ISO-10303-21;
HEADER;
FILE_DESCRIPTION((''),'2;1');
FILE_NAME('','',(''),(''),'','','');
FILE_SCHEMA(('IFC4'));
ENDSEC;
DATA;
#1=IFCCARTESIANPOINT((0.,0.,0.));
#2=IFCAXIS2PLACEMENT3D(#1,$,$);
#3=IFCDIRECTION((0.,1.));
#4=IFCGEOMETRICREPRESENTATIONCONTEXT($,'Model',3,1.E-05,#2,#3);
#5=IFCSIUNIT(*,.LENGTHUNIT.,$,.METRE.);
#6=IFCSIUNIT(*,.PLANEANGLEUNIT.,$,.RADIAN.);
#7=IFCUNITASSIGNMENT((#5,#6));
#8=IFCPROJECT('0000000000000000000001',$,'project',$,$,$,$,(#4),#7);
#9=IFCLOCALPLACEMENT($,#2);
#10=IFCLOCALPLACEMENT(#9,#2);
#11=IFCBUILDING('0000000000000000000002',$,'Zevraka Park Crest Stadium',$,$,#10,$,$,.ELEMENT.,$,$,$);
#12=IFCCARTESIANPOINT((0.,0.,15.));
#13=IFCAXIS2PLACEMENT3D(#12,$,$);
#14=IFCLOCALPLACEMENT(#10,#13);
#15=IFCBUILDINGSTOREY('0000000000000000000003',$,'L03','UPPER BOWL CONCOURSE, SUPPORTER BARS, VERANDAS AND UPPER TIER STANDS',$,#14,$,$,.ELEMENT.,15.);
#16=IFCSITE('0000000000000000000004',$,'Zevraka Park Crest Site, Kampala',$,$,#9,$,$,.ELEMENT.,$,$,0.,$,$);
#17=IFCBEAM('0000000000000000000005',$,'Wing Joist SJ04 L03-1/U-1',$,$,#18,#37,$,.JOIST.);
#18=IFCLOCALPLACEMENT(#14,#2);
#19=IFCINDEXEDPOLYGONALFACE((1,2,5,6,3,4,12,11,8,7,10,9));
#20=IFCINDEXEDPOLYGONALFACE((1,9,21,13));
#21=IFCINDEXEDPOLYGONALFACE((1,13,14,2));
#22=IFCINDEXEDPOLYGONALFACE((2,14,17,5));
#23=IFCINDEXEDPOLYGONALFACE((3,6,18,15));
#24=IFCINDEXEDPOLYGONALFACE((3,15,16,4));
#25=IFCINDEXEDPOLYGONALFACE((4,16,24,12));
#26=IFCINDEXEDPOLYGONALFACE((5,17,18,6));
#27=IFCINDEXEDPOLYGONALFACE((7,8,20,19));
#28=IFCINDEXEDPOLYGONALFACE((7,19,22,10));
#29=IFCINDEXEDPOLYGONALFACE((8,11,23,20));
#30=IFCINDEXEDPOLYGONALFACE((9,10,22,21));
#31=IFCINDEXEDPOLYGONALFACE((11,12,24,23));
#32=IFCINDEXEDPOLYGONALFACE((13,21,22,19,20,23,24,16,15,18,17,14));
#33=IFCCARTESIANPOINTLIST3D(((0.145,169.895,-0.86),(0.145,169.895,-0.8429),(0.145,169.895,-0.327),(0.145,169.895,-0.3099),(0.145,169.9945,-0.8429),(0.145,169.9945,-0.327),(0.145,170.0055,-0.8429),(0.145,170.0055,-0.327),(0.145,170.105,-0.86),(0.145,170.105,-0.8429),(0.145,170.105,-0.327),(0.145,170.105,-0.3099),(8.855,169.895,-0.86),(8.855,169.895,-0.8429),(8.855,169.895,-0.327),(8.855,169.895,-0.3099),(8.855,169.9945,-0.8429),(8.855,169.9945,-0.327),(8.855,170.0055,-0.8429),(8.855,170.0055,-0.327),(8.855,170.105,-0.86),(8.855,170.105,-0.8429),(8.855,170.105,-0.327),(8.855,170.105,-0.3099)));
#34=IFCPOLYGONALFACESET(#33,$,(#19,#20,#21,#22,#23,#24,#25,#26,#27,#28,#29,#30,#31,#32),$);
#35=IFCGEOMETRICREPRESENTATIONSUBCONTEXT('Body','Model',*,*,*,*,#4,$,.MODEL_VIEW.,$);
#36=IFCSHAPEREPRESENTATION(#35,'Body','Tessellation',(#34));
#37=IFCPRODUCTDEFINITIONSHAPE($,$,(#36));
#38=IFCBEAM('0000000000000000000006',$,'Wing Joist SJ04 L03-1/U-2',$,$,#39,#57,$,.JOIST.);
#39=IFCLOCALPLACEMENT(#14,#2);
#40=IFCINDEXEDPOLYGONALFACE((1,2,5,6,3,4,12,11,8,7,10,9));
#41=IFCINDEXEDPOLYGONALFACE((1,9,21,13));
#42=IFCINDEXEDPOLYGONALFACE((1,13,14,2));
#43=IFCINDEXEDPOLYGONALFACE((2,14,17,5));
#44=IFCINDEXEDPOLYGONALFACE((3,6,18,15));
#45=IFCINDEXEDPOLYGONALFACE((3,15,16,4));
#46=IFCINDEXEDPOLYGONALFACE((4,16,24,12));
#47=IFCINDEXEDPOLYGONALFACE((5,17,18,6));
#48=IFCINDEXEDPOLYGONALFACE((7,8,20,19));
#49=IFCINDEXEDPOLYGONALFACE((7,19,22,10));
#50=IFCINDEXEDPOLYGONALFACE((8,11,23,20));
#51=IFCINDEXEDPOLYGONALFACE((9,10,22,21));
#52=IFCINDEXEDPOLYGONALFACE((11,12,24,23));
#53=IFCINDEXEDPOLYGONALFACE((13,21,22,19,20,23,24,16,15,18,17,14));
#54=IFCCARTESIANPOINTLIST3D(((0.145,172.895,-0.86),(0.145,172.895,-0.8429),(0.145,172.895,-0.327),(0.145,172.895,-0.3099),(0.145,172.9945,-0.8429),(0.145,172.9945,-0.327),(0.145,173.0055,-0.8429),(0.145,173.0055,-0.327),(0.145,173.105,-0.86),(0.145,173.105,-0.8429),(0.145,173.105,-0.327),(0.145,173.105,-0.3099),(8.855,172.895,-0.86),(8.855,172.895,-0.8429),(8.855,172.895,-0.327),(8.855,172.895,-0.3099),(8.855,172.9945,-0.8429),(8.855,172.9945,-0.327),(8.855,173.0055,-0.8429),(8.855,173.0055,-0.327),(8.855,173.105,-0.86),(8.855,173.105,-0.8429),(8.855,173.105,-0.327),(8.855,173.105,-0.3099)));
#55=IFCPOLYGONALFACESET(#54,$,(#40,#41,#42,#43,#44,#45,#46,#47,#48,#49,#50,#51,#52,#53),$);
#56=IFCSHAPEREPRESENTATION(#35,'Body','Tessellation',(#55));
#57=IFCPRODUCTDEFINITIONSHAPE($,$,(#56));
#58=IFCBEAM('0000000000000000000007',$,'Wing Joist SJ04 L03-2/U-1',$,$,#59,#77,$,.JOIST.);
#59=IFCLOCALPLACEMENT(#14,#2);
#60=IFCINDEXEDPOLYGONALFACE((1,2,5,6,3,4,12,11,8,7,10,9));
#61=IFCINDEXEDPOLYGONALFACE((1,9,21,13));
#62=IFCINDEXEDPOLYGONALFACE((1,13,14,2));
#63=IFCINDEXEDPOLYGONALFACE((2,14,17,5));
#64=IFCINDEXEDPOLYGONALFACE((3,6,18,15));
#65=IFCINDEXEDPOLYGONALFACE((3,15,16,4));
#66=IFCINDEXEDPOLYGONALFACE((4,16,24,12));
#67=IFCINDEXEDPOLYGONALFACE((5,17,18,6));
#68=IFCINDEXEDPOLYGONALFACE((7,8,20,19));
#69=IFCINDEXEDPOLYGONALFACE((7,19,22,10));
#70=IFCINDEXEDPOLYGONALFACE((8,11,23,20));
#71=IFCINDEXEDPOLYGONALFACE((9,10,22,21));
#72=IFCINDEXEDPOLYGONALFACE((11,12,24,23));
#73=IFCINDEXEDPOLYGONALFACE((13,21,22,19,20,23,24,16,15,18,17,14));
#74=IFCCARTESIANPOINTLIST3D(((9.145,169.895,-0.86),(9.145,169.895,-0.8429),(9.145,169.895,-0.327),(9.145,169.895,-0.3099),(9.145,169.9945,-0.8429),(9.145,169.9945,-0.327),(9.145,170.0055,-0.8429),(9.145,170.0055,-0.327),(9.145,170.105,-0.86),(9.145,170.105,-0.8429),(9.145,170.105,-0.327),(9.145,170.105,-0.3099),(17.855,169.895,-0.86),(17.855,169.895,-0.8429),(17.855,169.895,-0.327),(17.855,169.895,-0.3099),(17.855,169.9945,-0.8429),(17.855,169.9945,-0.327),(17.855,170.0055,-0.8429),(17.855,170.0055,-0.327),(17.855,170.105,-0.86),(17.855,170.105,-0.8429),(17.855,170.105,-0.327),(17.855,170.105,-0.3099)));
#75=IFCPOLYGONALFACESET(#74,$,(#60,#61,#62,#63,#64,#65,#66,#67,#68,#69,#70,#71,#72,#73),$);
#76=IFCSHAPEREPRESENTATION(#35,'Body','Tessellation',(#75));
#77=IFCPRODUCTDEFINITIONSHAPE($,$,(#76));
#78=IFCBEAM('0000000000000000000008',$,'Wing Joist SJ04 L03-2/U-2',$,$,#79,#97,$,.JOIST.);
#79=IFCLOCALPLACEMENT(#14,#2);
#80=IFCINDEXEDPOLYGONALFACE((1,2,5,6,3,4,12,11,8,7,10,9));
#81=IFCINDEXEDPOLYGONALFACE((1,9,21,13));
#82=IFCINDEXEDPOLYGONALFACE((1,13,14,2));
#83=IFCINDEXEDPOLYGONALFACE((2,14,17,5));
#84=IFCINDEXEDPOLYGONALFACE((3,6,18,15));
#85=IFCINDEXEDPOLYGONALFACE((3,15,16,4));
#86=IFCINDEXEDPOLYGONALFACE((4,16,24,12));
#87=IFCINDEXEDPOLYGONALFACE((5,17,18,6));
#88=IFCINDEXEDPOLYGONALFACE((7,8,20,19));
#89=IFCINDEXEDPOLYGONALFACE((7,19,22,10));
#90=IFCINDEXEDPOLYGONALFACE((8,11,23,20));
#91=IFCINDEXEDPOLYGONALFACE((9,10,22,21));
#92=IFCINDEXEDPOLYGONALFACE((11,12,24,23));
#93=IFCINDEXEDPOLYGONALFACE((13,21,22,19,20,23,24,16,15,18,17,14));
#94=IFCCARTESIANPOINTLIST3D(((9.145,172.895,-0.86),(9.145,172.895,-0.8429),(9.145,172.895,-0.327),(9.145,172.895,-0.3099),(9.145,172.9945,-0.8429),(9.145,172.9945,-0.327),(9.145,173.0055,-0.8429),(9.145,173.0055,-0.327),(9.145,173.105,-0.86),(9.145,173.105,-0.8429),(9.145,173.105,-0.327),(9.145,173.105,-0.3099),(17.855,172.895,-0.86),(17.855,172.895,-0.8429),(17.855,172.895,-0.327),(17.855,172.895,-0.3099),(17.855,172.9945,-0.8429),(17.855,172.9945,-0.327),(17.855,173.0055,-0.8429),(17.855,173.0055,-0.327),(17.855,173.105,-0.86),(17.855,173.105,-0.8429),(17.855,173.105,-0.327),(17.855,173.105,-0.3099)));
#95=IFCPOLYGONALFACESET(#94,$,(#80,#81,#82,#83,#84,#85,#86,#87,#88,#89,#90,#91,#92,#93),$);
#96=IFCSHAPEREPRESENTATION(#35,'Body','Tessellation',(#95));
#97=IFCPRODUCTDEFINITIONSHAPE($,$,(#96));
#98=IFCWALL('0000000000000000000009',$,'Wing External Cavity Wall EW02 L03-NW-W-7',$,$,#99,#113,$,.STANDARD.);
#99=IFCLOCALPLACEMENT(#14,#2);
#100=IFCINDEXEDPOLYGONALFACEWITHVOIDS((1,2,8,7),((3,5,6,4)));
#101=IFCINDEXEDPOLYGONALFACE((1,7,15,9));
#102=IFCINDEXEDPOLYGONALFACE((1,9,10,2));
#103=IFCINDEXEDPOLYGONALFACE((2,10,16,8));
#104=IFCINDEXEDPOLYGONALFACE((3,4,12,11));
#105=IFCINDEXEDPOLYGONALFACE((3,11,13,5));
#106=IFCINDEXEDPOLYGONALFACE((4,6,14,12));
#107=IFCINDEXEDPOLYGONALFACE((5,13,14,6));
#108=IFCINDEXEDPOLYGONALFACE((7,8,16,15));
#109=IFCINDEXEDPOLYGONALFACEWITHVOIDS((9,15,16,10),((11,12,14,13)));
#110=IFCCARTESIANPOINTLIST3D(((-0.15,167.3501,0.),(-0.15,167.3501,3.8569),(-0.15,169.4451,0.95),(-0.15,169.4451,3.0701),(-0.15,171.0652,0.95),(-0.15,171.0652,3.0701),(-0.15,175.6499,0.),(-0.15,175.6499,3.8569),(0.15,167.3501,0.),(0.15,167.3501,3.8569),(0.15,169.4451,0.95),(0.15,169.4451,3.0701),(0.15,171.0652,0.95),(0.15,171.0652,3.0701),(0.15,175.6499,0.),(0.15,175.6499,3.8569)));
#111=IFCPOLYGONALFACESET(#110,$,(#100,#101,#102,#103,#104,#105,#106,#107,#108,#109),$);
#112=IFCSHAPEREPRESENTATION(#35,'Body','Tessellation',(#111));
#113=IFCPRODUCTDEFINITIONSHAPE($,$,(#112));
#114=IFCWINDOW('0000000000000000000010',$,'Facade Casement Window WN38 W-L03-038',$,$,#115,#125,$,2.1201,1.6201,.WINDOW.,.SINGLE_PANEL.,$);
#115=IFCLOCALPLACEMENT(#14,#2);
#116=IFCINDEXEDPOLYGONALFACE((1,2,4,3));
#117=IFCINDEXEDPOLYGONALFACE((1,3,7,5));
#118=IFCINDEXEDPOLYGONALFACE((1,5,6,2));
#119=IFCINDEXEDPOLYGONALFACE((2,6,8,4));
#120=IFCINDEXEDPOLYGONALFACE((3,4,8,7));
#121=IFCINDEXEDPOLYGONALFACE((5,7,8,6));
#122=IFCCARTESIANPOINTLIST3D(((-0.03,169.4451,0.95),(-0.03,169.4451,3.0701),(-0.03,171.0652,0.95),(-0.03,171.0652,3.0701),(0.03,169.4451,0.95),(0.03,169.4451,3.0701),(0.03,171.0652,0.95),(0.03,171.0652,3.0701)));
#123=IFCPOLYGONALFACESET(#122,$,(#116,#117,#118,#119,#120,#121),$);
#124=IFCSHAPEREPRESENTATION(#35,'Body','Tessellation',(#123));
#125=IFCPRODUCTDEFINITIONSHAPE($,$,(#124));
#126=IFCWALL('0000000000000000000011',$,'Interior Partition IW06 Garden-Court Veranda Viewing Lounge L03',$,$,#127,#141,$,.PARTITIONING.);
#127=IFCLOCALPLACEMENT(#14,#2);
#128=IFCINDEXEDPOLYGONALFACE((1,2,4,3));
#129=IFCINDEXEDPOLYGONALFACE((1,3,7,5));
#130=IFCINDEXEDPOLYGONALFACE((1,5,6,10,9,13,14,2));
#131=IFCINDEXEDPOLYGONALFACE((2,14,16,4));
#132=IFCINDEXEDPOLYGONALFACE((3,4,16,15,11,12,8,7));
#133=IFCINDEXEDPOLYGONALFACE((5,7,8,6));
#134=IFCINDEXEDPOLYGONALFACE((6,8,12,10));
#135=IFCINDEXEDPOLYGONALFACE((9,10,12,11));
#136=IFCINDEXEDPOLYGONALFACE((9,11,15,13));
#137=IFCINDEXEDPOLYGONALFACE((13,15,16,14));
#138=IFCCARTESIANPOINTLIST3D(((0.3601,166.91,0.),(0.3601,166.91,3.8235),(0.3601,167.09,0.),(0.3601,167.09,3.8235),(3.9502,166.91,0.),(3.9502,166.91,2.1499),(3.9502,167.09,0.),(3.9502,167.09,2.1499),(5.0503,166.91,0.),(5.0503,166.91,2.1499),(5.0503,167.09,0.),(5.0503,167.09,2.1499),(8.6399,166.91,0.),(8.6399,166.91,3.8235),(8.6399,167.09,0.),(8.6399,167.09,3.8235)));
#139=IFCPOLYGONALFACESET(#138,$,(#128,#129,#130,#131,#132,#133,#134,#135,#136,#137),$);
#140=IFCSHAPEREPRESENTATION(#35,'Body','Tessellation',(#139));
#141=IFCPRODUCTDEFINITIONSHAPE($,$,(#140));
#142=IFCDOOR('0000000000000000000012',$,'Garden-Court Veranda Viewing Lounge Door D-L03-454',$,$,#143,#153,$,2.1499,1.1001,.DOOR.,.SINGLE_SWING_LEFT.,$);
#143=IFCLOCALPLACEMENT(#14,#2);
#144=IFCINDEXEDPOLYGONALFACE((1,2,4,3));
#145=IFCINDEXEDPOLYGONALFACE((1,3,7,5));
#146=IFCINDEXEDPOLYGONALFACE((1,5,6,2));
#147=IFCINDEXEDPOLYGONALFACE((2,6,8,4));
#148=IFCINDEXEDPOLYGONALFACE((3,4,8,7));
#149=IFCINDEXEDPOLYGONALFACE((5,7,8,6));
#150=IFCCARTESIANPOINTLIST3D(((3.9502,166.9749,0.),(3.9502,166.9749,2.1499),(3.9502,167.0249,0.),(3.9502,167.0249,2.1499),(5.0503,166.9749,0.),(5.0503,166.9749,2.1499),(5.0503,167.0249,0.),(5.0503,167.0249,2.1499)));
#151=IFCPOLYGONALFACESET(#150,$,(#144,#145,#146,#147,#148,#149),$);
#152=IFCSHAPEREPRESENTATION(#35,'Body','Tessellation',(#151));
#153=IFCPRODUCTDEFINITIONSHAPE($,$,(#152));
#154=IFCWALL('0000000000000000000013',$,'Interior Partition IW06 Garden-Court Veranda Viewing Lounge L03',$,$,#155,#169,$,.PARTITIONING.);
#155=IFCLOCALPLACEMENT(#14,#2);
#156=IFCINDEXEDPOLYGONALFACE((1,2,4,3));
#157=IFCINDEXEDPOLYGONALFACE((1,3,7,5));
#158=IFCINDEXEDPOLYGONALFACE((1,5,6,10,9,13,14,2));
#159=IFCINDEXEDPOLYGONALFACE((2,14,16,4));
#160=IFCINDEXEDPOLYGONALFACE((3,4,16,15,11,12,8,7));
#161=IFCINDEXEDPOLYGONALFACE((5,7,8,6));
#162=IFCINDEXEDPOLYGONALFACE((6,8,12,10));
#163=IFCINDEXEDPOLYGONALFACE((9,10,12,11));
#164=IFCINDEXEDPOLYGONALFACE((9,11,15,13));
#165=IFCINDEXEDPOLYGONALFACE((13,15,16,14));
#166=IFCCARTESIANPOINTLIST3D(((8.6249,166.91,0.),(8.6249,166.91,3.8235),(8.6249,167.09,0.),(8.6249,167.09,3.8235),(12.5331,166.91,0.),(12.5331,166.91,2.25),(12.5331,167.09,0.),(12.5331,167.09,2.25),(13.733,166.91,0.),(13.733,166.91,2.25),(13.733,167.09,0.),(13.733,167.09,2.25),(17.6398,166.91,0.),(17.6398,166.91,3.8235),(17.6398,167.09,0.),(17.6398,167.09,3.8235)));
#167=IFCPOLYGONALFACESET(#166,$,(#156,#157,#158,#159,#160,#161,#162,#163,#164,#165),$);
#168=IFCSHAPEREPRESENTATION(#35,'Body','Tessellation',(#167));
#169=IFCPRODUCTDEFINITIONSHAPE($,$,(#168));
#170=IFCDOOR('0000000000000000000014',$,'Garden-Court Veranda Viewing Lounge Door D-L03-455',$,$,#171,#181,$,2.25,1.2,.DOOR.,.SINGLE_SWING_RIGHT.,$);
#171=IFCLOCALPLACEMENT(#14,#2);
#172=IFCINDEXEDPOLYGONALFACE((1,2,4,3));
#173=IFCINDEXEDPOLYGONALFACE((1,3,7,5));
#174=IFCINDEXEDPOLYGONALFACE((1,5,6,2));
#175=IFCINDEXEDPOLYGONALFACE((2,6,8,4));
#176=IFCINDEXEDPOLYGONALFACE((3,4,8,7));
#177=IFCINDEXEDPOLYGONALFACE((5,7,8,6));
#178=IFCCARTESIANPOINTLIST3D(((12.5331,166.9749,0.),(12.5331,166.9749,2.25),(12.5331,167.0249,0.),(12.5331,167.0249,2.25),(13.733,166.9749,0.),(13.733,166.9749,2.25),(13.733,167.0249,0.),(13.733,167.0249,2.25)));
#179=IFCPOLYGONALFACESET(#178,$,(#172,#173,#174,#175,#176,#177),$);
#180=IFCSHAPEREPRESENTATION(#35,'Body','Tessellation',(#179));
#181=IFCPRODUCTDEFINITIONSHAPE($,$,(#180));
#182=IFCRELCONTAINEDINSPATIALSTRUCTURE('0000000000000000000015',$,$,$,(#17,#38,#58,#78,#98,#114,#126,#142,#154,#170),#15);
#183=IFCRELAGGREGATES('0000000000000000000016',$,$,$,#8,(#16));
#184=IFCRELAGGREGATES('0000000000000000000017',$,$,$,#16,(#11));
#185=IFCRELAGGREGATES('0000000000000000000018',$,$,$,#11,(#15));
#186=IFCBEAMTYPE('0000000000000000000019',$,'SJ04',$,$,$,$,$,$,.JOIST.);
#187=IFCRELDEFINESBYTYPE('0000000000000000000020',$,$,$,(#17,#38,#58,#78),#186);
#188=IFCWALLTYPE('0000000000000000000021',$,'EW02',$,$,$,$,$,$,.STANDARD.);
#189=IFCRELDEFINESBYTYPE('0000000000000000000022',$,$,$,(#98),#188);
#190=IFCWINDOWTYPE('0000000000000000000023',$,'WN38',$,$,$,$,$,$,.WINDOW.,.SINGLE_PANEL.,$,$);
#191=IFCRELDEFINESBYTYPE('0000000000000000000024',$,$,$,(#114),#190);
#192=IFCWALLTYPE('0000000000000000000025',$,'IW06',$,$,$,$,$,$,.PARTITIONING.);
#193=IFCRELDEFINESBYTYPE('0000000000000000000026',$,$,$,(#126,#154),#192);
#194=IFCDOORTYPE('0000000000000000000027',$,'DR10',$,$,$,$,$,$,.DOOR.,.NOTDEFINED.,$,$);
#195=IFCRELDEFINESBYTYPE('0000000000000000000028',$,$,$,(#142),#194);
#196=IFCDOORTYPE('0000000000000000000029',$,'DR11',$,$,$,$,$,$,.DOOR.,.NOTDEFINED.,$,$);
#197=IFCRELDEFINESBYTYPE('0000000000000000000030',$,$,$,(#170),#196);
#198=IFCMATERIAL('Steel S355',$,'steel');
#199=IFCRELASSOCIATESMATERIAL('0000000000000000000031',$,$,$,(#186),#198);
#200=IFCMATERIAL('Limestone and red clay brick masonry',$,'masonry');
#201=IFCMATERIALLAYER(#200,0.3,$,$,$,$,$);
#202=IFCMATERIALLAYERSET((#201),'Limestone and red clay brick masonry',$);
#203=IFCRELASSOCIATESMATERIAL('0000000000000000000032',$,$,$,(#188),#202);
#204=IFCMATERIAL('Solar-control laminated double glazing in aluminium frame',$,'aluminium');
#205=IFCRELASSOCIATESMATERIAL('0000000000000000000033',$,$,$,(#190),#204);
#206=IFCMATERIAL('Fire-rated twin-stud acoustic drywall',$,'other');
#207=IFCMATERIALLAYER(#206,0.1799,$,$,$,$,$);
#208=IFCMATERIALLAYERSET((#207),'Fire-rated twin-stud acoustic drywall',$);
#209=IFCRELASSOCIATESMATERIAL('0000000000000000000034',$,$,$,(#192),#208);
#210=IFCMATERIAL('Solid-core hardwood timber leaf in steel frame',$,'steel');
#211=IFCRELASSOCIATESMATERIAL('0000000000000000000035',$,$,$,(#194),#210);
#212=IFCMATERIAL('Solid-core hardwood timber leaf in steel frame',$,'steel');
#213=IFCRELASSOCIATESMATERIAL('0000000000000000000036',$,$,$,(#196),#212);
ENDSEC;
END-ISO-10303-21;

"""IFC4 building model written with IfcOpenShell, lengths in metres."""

from ifc_helpers import new_model, si_unit, direction, frame, frame_2d, origin, origin_2d, place, context, subcontext, project, spatial, rectangle, i_section, extrude, material, layer, layer_set, material_profile, profile_set, type_object, element, fill, save


model = new_model("IFC4")

# Units and contexts
model_context = context("Model", 3, precision=1e-05, world=origin(), true_north=direction((0.0, 1.0)))
body_context = subcontext(model_context, "Body", "Model", "MODEL_VIEW")
ifc_project = project(units=[si_unit("LENGTHUNIT", "METRE"), si_unit("PLANEANGLEUNIT", "RADIAN")], contexts=[model_context])

# Site, building, storey
site_placement = place(None, origin())
site = spatial("IfcSite", under=ifc_project, at=site_placement, Name="Zevraka Park Crest Site, Kampala", CompositionType="ELEMENT", RefElevation=0.0)
building_placement = place(site_placement, origin())
building = spatial("IfcBuilding", under=site, at=building_placement, Name="Zevraka Park Crest Stadium", CompositionType="ELEMENT")
storey_placement = place(building_placement, frame((0.0, 0.0, 15.0)))
storey = spatial("IfcBuildingStorey", under=building, at=storey_placement, Name="L03", Description="UPPER BOWL CONCOURSE, SUPPORTER BARS, VERANDAS AND UPPER TIER STANDS", CompositionType="ELEMENT", Elevation=15.0)

# Beams
ifc_material_1 = material(Name="Steel S355", Category="steel")
ifc_material_profile_1 = material_profile(ifc_material_1, i_section(OverallWidth=0.21, OverallDepth=0.55, WebThickness=0.011, FlangeThickness=0.0171, at=origin_2d()), Name="IPE 550")
ifc_profile_set_1 = profile_set([ifc_material_profile_1], Name="Steel S355")
beam_type_1 = type_object("IfcBeamType", Name="SJ04", PredefinedType="JOIST", material=ifc_profile_set_1)
for number, where, z_axis, x_axis, name in (
    (1, (0.145, 170.0, -0.585), (1.0, 0.0, 0.0), (0.0, 1.0, 0.0), "Wing Joist SJ04 L03-1/U-1"),
    (2, (0.145, 173.0, -0.585), (1.0, 0.0, 0.0), (0.0, 1.0, 0.0), "Wing Joist SJ04 L03-1/U-2"),
    (3, (9.145, 170.0, -0.585), (1.0, 0.0, 0.0), (0.0, 1.0, 0.0), "Wing Joist SJ04 L03-2/U-1"),
    (4, (9.145, 173.0, -0.585), (1.0, 0.0, 0.0), (0.0, 1.0, 0.0), "Wing Joist SJ04 L03-2/U-2"),
):
    element("IfcBeam", number, at=place(storey_placement, frame(where, z_axis=z_axis, x_axis=x_axis)), inside=storey, type_object=beam_type_1, Name=name, PredefinedType="JOIST", context=body_context, shape_type="SweptSolid", body=[
        extrude(i_section(OverallWidth=0.21, OverallDepth=0.55, WebThickness=0.011, FlangeThickness=0.0171, at=origin_2d()), origin(), (0.0, 0.0, 1.0), 8.71),
    ])

# Wall, opening, window
ifc_material_2 = material(Name="Limestone and red clay brick masonry", Category="masonry")
ifc_layer_1 = layer(ifc_material_2, 0.3)
ifc_layer_set_1 = layer_set([ifc_layer_1], Name="Limestone and red clay brick masonry")
wall_type_1 = type_object("IfcWallType", Name="EW02", PredefinedType="STANDARD", material=ifc_layer_set_1)
wall_1_placement = place(storey_placement, frame((0.0, 167.3501, 0.0), z_axis=(0.0, 0.0, 1.0), x_axis=(0.0, 1.0, 0.0)))
wall_1 = element("IfcWall", 5, at=wall_1_placement, inside=storey, type_object=wall_type_1, Name="Wing External Cavity Wall EW02 L03-NW-W-7", PredefinedType="STANDARD", context=body_context, shape_type="SweptSolid", body=[
    extrude(rectangle(XDim=8.2998, YDim=0.3, at=frame_2d((4.1499, 0.0))), origin(), (0.0, 0.0, 1.0), 3.8569),
])
opening_1_placement = place(wall_1_placement, frame((2.095, 0.0, 0.95)))
opening_1 = element("IfcOpeningElement", 6, at=opening_1_placement, cuts=wall_1, PredefinedType="OPENING", context=body_context, shape_type="SweptSolid", body=[
    extrude(rectangle(XDim=1.6201, YDim=2.1201, at=frame_2d((0.8101, 1.0601))), frame((0.0, 0.1599, 0.0), z_axis=(0.0, -1.0, 0.0), x_axis=(1.0, 0.0, 0.0)), (0.0, 0.0, 1.0), 0.3201),
])
ifc_material_3 = material(Name="Solar-control laminated double glazing in aluminium frame", Category="aluminium")
window_type = type_object("IfcWindowType", Name="WN38", PartitioningType="SINGLE_PANEL", PredefinedType="WINDOW", material=ifc_material_3)
window_placement = place(opening_1_placement, origin())
window = element("IfcWindow", 7, at=window_placement, inside=storey, type_object=window_type, Name="Facade Casement Window WN38 W-L03-038", OverallHeight=2.1201, OverallWidth=1.6201, PartitioningType="SINGLE_PANEL", PredefinedType="WINDOW", context=body_context, shape_type="SweptSolid", body=[
    extrude(rectangle(XDim=1.6201, YDim=2.1201, at=frame_2d((0.8101, 1.0601))), frame((0.0, 0.03, 0.0), z_axis=(0.0, -1.0, 0.0), x_axis=(1.0, 0.0, 0.0)), (0.0, 0.0, 1.0), 0.0601),
])
fill(opening_1, window)

# Walls, openings, doors
ifc_material_4 = material(Name="Fire-rated twin-stud acoustic drywall", Category="other")
ifc_layer_2 = layer(ifc_material_4, 0.1799)
ifc_layer_set_2 = layer_set([ifc_layer_2], Name="Fire-rated twin-stud acoustic drywall")
wall_type_2 = type_object("IfcWallType", Name="IW06", PredefinedType="PARTITIONING", material=ifc_layer_set_2)
wall_2_placement = place(storey_placement, frame((0.3601, 167.0, 0.0), z_axis=(0.0, 0.0, 1.0), x_axis=(1.0, 0.0, 0.0)))
wall_2 = element("IfcWall", 8, at=wall_2_placement, inside=storey, type_object=wall_type_2, Name="Interior Partition IW06 Garden-Court Veranda Viewing Lounge L03", PredefinedType="PARTITIONING", context=body_context, shape_type="SweptSolid", body=[
    extrude(rectangle(XDim=8.2798, YDim=0.1799, at=frame_2d((4.1399, 0.0))), origin(), (0.0, 0.0, 1.0), 3.8235),
])
opening_2_placement = place(wall_2_placement, frame((3.5901, 0.0, 0.0)))
opening_2 = element("IfcOpeningElement", 9, at=opening_2_placement, cuts=wall_2, PredefinedType="OPENING", context=body_context, shape_type="SweptSolid", body=[
    extrude(rectangle(XDim=1.1001, YDim=2.1499, at=frame_2d((0.55, 1.075))), frame((0.0, 0.0999, 0.0), z_axis=(0.0, -1.0, 0.0), x_axis=(1.0, 0.0, 0.0)), (0.0, 0.0, 1.0), 0.2),
])
ifc_material_5 = material(Name="Solid-core hardwood timber leaf in steel frame", Category="steel")
door_type_1 = type_object("IfcDoorType", Name="DR10", OperationType="NOTDEFINED", PredefinedType="DOOR", material=ifc_material_5)
door_1_placement = place(opening_2_placement, origin())
door_1 = element("IfcDoor", 10, at=door_1_placement, inside=storey, type_object=door_type_1, Name="Garden-Court Veranda Viewing Lounge Door D-L03-454", OperationType="SINGLE_SWING_LEFT", OverallHeight=2.1499, OverallWidth=1.1001, PredefinedType="DOOR", context=body_context, shape_type="SweptSolid", body=[
    extrude(rectangle(XDim=1.1001, YDim=2.1499, at=frame_2d((0.55, 1.075))), frame((0.0, 0.0249, 0.0), z_axis=(0.0, -1.0, 0.0), x_axis=(1.0, 0.0, 0.0)), (0.0, 0.0, 1.0), 0.05),
])
fill(opening_2, door_1)
wall_3_placement = place(storey_placement, frame((8.625, 167.0, 0.0), z_axis=(0.0, 0.0, 1.0), x_axis=(1.0, 0.0, 0.0)))
wall_3 = element("IfcWall", 11, at=wall_3_placement, inside=storey, type_object=wall_type_2, Name="Interior Partition IW06 Garden-Court Veranda Viewing Lounge L03", PredefinedType="PARTITIONING", context=body_context, shape_type="SweptSolid", body=[
    extrude(rectangle(XDim=9.0149, YDim=0.1799, at=frame_2d((4.5073, 0.0))), origin(), (0.0, 0.0, 1.0), 3.8235),
])
opening_3_placement = place(wall_3_placement, frame((3.908, 0.0, 0.0)))
opening_3 = element("IfcOpeningElement", 12, at=opening_3_placement, cuts=wall_3, PredefinedType="OPENING", context=body_context, shape_type="SweptSolid", body=[
    extrude(rectangle(XDim=1.2, YDim=2.25, at=frame_2d((0.6001, 1.125))), frame((0.0, 0.0999, 0.0), z_axis=(0.0, -1.0, 0.0), x_axis=(1.0, 0.0, 0.0)), (0.0, 0.0, 1.0), 0.2),
])
ifc_material_6 = material(Name="Solid-core hardwood timber leaf in steel frame", Category="steel")
door_type_2 = type_object("IfcDoorType", Name="DR11", OperationType="NOTDEFINED", PredefinedType="DOOR", material=ifc_material_6)
door_2_placement = place(opening_3_placement, origin())
door_2 = element("IfcDoor", 13, at=door_2_placement, inside=storey, type_object=door_type_2, Name="Garden-Court Veranda Viewing Lounge Door D-L03-455", OperationType="SINGLE_SWING_RIGHT", OverallHeight=2.25, OverallWidth=1.2, PredefinedType="DOOR", context=body_context, shape_type="SweptSolid", body=[
    extrude(rectangle(XDim=1.2, YDim=2.25, at=frame_2d((0.6001, 1.125))), frame((0.0, 0.0249, 0.0), z_axis=(0.0, -1.0, 0.0), x_axis=(1.0, 0.0, 0.0)), (0.0, 0.0, 1.0), 0.05),
])
fill(opening_3, door_2)

save(model, "model.ifc")
